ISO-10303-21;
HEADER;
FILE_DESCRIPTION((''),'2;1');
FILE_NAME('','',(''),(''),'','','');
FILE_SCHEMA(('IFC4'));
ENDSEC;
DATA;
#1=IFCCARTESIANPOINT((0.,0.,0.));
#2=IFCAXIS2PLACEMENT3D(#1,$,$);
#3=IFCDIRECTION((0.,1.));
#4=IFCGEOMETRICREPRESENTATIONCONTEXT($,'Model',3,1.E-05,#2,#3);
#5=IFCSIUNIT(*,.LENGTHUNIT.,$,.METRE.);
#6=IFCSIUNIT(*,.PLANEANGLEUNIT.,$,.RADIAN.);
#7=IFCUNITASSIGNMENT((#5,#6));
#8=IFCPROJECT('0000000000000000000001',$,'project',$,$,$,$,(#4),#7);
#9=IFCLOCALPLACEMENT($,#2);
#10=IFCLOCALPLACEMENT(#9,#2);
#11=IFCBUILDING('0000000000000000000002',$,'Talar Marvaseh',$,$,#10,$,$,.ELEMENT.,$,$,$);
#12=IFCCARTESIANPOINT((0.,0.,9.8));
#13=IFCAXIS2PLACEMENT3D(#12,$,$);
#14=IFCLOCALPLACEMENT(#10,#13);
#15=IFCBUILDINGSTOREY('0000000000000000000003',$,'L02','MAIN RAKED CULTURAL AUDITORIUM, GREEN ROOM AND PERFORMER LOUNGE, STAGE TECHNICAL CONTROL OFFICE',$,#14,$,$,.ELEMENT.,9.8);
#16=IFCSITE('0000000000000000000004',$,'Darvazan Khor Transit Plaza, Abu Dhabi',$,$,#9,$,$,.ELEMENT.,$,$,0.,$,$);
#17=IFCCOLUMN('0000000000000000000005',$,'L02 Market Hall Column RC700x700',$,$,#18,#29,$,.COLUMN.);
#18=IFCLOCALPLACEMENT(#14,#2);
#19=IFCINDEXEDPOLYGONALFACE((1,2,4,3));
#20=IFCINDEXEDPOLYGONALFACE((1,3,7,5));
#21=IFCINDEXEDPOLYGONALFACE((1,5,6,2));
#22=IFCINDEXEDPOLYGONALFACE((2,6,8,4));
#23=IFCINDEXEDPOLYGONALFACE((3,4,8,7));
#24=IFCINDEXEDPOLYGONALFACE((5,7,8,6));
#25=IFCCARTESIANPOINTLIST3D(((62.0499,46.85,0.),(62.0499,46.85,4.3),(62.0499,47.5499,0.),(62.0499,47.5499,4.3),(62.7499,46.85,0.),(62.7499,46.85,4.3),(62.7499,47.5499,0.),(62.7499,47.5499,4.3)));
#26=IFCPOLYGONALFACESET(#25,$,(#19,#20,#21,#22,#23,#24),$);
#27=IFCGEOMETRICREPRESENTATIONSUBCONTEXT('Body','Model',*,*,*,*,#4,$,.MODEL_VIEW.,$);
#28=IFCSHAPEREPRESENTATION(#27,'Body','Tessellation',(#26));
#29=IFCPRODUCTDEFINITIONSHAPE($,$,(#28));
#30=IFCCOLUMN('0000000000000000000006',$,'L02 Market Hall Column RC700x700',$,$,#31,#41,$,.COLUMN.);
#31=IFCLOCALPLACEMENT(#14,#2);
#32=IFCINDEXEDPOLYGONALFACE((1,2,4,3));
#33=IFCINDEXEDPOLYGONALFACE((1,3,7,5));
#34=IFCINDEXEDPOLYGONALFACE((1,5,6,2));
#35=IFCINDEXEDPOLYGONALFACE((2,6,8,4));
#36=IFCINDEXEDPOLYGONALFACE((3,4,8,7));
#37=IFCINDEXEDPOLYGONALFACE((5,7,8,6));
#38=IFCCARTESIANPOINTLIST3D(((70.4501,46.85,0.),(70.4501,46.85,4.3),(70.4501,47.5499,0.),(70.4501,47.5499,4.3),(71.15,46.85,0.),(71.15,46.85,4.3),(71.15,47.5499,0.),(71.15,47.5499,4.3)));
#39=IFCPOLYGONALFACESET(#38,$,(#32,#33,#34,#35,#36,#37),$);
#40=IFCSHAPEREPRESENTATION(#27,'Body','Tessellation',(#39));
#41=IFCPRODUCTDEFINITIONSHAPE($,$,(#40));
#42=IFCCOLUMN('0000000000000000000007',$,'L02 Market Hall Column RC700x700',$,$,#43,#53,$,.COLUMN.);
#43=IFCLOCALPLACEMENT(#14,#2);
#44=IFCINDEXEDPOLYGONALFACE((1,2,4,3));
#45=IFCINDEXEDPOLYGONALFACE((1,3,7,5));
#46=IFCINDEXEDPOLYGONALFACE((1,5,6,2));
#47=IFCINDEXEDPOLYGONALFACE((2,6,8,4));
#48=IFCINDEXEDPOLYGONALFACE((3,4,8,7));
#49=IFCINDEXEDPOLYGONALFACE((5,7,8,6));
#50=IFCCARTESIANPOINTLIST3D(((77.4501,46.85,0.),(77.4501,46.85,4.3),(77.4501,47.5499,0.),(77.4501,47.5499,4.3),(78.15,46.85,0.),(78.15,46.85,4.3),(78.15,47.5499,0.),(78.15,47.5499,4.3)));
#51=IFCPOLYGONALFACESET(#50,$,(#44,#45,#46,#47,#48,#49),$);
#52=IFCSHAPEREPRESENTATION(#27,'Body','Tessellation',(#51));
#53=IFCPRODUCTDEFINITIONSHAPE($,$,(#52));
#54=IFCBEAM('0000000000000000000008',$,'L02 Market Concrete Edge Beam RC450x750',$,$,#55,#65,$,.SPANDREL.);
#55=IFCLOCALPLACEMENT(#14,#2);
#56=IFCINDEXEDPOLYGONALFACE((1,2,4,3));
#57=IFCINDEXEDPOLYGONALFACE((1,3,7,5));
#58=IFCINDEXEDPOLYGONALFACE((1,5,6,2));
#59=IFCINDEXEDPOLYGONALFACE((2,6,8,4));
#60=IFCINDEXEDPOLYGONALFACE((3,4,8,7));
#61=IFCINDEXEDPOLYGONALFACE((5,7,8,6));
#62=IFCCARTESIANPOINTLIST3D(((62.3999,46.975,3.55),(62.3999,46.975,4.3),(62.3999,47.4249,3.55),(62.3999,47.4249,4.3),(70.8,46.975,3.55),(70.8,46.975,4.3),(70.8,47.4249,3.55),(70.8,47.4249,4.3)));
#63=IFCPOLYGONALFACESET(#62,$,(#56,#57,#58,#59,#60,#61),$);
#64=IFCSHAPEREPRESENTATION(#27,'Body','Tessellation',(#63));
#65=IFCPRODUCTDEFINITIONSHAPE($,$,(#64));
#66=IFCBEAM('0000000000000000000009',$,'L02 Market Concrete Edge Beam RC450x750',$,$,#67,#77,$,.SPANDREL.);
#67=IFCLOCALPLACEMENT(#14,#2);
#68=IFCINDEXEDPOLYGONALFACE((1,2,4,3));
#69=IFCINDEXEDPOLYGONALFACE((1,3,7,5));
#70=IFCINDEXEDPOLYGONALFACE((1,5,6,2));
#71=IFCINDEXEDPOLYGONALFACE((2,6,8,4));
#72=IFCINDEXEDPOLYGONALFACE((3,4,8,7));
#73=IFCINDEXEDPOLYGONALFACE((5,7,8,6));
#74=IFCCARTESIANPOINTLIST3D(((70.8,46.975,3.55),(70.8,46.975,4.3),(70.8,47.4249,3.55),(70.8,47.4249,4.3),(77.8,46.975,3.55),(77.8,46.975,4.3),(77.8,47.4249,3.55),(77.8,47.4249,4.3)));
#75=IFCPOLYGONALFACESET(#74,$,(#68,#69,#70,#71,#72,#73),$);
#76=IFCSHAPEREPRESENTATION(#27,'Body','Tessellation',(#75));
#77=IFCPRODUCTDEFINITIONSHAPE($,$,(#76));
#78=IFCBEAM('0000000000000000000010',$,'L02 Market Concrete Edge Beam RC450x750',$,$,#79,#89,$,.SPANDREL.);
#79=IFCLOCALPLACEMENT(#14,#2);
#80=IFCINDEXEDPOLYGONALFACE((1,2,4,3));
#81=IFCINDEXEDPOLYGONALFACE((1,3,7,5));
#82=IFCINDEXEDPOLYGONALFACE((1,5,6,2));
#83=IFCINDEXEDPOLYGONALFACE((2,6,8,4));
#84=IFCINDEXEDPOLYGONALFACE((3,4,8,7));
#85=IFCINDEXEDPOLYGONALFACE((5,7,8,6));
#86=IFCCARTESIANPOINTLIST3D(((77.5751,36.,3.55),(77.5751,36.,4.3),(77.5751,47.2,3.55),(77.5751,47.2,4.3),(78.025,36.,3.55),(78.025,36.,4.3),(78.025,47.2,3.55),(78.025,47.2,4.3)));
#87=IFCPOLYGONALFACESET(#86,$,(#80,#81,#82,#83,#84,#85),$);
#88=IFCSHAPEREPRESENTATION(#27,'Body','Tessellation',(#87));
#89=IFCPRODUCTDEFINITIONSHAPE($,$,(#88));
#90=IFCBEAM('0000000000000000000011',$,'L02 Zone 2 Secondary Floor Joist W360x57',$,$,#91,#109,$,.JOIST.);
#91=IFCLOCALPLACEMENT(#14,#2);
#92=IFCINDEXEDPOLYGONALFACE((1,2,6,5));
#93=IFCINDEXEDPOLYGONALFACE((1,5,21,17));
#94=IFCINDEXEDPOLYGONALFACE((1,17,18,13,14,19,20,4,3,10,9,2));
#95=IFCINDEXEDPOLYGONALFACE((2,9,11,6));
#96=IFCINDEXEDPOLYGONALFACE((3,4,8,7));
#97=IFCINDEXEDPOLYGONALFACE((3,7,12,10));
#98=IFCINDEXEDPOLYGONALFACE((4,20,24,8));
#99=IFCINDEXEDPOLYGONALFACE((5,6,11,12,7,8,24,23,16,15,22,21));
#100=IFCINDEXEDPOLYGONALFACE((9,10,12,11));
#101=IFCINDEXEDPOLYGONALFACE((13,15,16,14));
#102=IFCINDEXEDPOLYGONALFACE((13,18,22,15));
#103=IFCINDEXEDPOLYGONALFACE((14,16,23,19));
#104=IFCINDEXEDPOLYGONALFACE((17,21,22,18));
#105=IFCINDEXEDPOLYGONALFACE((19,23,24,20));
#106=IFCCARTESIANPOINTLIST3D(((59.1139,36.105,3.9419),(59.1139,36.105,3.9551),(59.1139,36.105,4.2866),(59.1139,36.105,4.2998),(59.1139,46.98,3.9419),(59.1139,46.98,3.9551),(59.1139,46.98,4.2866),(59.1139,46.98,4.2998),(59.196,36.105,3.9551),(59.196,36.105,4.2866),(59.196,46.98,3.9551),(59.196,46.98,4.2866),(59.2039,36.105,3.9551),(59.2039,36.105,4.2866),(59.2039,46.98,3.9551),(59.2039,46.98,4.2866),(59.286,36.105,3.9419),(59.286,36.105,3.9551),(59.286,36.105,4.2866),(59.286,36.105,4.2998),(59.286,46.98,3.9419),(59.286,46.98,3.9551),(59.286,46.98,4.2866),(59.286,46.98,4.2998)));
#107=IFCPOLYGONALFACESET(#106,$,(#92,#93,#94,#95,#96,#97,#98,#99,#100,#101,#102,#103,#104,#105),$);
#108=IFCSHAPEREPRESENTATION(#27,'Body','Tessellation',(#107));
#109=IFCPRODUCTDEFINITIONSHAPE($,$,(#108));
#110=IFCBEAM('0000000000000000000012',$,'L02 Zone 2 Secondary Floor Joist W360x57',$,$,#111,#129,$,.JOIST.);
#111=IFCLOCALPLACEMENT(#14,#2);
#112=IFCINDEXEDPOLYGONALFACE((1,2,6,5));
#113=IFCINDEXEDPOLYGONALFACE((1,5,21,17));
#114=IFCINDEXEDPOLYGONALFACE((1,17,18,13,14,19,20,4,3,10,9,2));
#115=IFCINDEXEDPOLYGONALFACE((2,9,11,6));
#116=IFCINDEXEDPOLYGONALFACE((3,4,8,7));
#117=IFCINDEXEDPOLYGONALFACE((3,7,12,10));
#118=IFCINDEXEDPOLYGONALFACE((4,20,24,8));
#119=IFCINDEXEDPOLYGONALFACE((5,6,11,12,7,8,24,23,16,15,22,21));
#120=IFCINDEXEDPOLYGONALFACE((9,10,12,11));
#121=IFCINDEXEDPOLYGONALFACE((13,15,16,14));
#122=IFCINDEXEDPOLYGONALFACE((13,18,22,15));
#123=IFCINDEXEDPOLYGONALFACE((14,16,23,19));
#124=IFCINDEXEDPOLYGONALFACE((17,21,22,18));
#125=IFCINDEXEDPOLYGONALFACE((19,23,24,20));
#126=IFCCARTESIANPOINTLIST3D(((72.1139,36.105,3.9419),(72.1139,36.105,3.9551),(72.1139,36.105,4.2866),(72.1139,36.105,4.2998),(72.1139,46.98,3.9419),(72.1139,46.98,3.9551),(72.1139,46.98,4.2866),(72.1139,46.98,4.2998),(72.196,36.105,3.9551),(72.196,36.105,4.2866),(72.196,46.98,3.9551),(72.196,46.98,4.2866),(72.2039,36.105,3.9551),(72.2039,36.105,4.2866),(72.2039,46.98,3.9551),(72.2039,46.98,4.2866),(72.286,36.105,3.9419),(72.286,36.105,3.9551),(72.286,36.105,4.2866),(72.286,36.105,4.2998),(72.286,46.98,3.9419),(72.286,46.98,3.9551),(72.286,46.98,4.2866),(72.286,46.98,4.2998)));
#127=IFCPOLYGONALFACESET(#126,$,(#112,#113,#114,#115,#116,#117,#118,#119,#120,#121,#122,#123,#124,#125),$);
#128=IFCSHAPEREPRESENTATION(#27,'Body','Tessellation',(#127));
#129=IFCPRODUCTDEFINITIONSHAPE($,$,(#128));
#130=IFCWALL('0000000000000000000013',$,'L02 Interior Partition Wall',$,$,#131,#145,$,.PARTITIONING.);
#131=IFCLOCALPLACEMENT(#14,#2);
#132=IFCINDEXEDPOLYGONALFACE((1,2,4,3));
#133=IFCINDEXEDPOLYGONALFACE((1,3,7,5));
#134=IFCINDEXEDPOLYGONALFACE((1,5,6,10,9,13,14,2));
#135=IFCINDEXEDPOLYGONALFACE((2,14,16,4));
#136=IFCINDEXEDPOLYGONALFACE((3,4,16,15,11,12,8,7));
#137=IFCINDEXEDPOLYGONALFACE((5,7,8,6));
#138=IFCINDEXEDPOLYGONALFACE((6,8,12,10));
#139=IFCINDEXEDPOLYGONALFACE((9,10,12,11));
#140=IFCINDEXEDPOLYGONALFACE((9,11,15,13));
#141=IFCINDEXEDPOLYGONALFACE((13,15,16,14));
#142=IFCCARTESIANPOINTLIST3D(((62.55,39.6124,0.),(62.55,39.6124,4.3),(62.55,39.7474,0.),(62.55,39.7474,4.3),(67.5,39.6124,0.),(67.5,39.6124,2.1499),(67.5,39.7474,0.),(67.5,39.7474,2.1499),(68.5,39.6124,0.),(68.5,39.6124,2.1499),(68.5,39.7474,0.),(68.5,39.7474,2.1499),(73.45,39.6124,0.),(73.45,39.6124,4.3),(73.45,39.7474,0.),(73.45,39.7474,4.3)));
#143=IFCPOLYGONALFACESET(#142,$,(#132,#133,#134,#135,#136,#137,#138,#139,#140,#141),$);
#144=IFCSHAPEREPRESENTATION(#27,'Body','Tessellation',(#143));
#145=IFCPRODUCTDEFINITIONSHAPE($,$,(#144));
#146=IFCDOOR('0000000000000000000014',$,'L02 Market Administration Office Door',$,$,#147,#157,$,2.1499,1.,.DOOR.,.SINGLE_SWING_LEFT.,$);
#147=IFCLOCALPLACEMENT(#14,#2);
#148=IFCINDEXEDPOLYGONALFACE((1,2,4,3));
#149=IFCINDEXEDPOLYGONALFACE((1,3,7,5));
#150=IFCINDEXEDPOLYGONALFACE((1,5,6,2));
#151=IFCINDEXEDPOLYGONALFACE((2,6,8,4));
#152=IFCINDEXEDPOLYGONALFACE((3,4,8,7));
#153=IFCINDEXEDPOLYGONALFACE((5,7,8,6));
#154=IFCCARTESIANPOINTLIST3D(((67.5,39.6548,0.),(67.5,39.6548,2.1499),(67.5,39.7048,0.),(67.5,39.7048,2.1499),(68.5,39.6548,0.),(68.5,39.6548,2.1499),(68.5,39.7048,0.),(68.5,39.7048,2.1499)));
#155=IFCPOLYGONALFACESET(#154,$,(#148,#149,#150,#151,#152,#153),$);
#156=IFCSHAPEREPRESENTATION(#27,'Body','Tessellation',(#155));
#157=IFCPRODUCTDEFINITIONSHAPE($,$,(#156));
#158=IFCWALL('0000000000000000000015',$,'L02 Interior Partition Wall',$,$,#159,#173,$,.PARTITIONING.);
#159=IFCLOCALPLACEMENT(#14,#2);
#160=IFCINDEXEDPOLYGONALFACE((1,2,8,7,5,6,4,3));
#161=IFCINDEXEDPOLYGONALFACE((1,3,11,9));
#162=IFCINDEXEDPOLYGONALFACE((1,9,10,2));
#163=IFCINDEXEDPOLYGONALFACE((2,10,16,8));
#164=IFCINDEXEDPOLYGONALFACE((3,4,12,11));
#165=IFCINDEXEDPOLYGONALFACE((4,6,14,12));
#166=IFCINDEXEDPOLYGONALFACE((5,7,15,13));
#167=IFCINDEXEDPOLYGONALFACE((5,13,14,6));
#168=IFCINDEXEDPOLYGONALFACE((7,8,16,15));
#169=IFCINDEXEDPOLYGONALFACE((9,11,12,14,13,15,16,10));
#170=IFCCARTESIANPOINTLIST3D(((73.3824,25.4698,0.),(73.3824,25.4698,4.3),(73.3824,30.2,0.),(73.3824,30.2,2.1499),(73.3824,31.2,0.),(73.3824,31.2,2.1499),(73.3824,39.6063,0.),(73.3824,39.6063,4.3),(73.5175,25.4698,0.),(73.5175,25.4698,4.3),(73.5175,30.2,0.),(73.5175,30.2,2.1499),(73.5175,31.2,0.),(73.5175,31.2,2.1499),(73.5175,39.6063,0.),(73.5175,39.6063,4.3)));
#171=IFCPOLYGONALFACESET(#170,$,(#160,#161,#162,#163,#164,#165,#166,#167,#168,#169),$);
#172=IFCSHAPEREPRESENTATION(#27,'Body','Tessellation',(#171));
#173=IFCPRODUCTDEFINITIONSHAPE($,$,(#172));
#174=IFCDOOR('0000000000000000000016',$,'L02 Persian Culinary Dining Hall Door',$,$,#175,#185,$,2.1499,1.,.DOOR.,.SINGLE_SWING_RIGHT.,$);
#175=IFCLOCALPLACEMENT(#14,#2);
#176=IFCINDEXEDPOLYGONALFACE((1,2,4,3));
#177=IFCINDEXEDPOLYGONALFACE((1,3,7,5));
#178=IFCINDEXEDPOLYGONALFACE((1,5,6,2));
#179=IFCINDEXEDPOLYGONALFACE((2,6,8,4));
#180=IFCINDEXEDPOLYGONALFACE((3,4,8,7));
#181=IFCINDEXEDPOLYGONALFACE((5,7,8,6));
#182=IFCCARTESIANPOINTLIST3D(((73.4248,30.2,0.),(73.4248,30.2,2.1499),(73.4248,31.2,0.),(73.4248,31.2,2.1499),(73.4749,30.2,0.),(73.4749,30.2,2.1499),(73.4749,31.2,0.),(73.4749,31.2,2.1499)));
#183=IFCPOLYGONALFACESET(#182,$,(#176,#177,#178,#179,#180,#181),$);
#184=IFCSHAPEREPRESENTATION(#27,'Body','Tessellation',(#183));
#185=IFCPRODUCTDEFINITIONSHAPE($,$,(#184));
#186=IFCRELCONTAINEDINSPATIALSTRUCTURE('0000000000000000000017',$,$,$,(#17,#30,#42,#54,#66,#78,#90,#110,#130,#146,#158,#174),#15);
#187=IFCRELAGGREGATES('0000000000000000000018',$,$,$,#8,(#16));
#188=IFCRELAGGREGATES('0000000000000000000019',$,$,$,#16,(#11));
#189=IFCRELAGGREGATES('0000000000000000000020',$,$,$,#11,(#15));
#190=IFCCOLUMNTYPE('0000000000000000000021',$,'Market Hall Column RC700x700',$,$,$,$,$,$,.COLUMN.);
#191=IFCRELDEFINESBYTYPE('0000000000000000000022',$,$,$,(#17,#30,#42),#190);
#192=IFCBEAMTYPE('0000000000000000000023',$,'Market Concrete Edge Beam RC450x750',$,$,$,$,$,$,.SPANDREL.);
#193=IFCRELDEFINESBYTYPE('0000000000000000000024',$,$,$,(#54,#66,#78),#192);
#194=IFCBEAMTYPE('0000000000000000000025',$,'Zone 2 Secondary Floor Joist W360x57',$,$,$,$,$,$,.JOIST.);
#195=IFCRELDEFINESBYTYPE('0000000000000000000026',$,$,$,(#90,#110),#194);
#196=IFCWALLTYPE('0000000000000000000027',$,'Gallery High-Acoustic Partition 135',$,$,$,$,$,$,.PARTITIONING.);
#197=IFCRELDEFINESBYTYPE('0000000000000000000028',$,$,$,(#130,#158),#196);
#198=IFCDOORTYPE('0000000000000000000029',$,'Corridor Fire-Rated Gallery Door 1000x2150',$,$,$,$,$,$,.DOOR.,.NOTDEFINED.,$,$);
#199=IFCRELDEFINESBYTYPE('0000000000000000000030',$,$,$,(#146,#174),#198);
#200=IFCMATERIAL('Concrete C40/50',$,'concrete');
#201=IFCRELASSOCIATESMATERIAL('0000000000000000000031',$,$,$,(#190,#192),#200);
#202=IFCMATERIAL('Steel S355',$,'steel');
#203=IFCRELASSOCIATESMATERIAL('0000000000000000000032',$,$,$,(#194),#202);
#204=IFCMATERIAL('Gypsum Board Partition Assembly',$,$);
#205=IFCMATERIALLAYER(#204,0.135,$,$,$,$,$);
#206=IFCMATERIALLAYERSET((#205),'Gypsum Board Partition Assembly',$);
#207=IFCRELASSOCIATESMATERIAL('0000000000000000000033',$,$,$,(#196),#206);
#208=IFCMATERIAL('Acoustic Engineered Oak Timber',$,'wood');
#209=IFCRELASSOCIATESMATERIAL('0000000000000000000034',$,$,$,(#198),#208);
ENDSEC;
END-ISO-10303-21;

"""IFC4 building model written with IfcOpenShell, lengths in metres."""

from ifc_helpers import new_model, si_unit, direction, frame, frame_2d, origin, origin_2d, place, context, subcontext, project, spatial, rectangle, i_section, extrude, source, transform, mapped, material, layer, layer_set, material_profile, profile_set, type_object, type_shapes, element, fill, save


model = new_model("IFC4")

# Units and contexts
model_context = context("Model", 3, precision=1e-05, world=origin(), true_north=direction((0.0, 1.0)))
body_context = subcontext(model_context, "Body", "Model", "MODEL_VIEW")
ifc_project = project(units=[si_unit("LENGTHUNIT", "METRE"), si_unit("PLANEANGLEUNIT", "RADIAN")], contexts=[model_context])

# Site, building, storey
site_placement = place(None, origin())
site = spatial("IfcSite", under=ifc_project, at=site_placement, Name="Darvazan Khor Transit Plaza, Abu Dhabi", CompositionType="ELEMENT", RefElevation=0.0)
building_placement = place(site_placement, origin())
building = spatial("IfcBuilding", under=site, at=building_placement, Name="Talar Marvaseh", CompositionType="ELEMENT")
storey_placement = place(building_placement, frame((0.0, 0.0, 9.8)))
storey = spatial("IfcBuildingStorey", under=building, at=storey_placement, Name="L02", Description="MAIN RAKED CULTURAL AUDITORIUM, GREEN ROOM AND PERFORMER LOUNGE, STAGE TECHNICAL CONTROL OFFICE", CompositionType="ELEMENT", Elevation=9.8)

# Columns
ifc_material_1 = material(Name="Concrete C40/50", Category="concrete")
ifc_material_profile_1 = material_profile(ifc_material_1, rectangle(XDim=0.7, YDim=0.7, at=origin_2d()), Name="RC700x700")
ifc_profile_set_1 = profile_set([ifc_material_profile_1], Name="Concrete C40/50")
column_type = type_object("IfcColumnType", Name="Market Hall Column RC700x700", PredefinedType="COLUMN", material=ifc_profile_set_1)
for number, where, z_axis, x_axis, name in (
    (1, (62.3999, 47.2, 0.0), (0.0, 0.0, 1.0), (1.0, 0.0, 0.0), "L02 Market Hall Column RC700x700"),
    (2, (70.8, 47.2, 0.0), (0.0, 0.0, 1.0), (1.0, 0.0, 0.0), "L02 Market Hall Column RC700x700"),
    (3, (77.8, 47.2, 0.0), (0.0, 0.0, 1.0), (1.0, 0.0, 0.0), "L02 Market Hall Column RC700x700"),
):
    element("IfcColumn", number, at=place(storey_placement, frame(where, z_axis=z_axis, x_axis=x_axis)), inside=storey, type_object=column_type, Name=name, PredefinedType="COLUMN", context=body_context, shape_type="SweptSolid", body=[
        extrude(rectangle(XDim=0.7, YDim=0.7, at=origin_2d()), origin(), (0.0, 0.0, 1.0), 4.3),
    ])

# Beams
ifc_material_profile_2 = material_profile(ifc_material_1, rectangle(XDim=0.45, YDim=0.75, at=origin_2d()), Name="RC450x750")
ifc_profile_set_2 = profile_set([ifc_material_profile_2], Name="Concrete C40/50")
beam_type_1 = type_object("IfcBeamType", Name="Market Concrete Edge Beam RC450x750", PredefinedType="SPANDREL", material=ifc_profile_set_2)
beam_1_placement = place(storey_placement, frame((62.3999, 47.2, 3.925), z_axis=(1.0, 0.0, 0.0), x_axis=(0.0, 1.0, 0.0)))
element("IfcBeam", 4, at=beam_1_placement, inside=storey, type_object=beam_type_1, Name="L02 Market Concrete Edge Beam RC450x750", PredefinedType="SPANDREL", context=body_context, shape_type="SweptSolid", body=[
    extrude(rectangle(XDim=0.45, YDim=0.75, at=origin_2d()), origin(), (0.0, 0.0, 1.0), 8.4001),
])
beam_2_placement = place(storey_placement, frame((70.8, 47.2, 3.925), z_axis=(1.0, 0.0, 0.0), x_axis=(0.0, 1.0, 0.0)))
element("IfcBeam", 5, at=beam_2_placement, inside=storey, type_object=beam_type_1, Name="L02 Market Concrete Edge Beam RC450x750", PredefinedType="SPANDREL", context=body_context, shape_type="SweptSolid", body=[
    extrude(rectangle(XDim=0.45, YDim=0.75, at=origin_2d()), origin(), (0.0, 0.0, 1.0), 7.0),
])
beam_3_placement = place(storey_placement, frame((77.8, 36.0, 3.925), z_axis=(0.0, 1.0, 0.0), x_axis=(-1.0, 0.0, 0.0)))
element("IfcBeam", 6, at=beam_3_placement, inside=storey, type_object=beam_type_1, Name="L02 Market Concrete Edge Beam RC450x750", PredefinedType="SPANDREL", context=body_context, shape_type="SweptSolid", body=[
    extrude(rectangle(XDim=0.45, YDim=0.75, at=origin_2d()), origin(), (0.0, 0.0, 1.0), 11.2),
])
ifc_material_2 = material(Name="Steel S355", Category="steel")
ifc_material_profile_3 = material_profile(ifc_material_2, i_section(OverallWidth=0.1721, OverallDepth=0.3579, WebThickness=0.0078, FlangeThickness=0.0132, at=origin_2d()), Name="W360x57")
ifc_profile_set_3 = profile_set([ifc_material_profile_3], Name="Steel S355")
beam_type_2 = type_object("IfcBeamType", Name="Zone 2 Secondary Floor Joist W360x57", PredefinedType="JOIST", material=ifc_profile_set_3)
for number, where, z_axis, x_axis, name in (
    (7, (59.2, 36.105, 4.1208), (0.0, 1.0, 0.0), (-1.0, 0.0, 0.0), "L02 Zone 2 Secondary Floor Joist W360x57"),
    (8, (72.2, 36.105, 4.1208), (0.0, 1.0, 0.0), (-1.0, 0.0, 0.0), "L02 Zone 2 Secondary Floor Joist W360x57"),
):
    element("IfcBeam", number, at=place(storey_placement, frame(where, z_axis=z_axis, x_axis=x_axis)), inside=storey, type_object=beam_type_2, Name=name, PredefinedType="JOIST", context=body_context, shape_type="SweptSolid", body=[
        extrude(i_section(OverallWidth=0.1721, OverallDepth=0.3579, WebThickness=0.0078, FlangeThickness=0.0132, at=origin_2d()), origin(), (0.0, 0.0, 1.0), 10.875),
    ])

# Walls, openings, doors
ifc_material_3 = material(Name="Gypsum Board Partition Assembly")
ifc_layer_1 = layer(ifc_material_3, 0.135)
ifc_layer_set_1 = layer_set([ifc_layer_1], Name="Gypsum Board Partition Assembly")
wall_type_1 = type_object("IfcWallType", Name="Gallery High-Acoustic Partition 135", PredefinedType="PARTITIONING", material=ifc_layer_set_1)
wall_1_placement = place(storey_placement, frame((62.55, 39.6799, 0.0), z_axis=(0.0, 0.0, 1.0), x_axis=(1.0, 0.0, 0.0)))
wall_1 = element("IfcWall", 9, at=wall_1_placement, inside=storey, type_object=wall_type_1, Name="L02 Interior Partition Wall", PredefinedType="PARTITIONING", context=body_context, shape_type="SweptSolid", body=[
    extrude(rectangle(XDim=10.8999, YDim=0.135, at=frame_2d((5.45, 0.0))), origin(), (0.0, 0.0, 1.0), 4.3),
])
opening_1_placement = place(wall_1_placement, frame((4.95, 0.0, 0.0)))
opening_1 = element("IfcOpeningElement", 10, at=opening_1_placement, cuts=wall_1, PredefinedType="OPENING", context=body_context, shape_type="SweptSolid", body=[
    extrude(rectangle(XDim=1.0, YDim=2.1499, at=frame_2d((0.5, 1.075))), frame((0.0, 0.0776, 0.0), z_axis=(0.0, -1.0, 0.0), x_axis=(1.0, 0.0, 0.0)), (0.0, 0.0, 1.0), 0.155),
])
ifc_material_4 = material(Name="Acoustic Engineered Oak Timber", Category="wood")
door_type_1 = type_object("IfcDoorType", Name="Corridor Fire-Rated Gallery Door 1000x2150", OperationType="NOTDEFINED", PredefinedType="DOOR", material=ifc_material_4)
shared_shape_1 = source(origin(), body_context, "Body", "SweptSolid", [
    extrude(rectangle(XDim=1.0, YDim=2.1499, at=frame_2d((0.5, 1.075))), frame((0.0, 0.0249, 0.0), z_axis=(0.0, -1.0, 0.0), x_axis=(1.0, 0.0, 0.0)), (0.0, 0.0, 1.0), 0.05),
])
type_shapes(door_type_1, [shared_shape_1])
door_1_placement = place(opening_1_placement, origin())
door_1 = element("IfcDoor", 11, at=door_1_placement, inside=storey, type_object=door_type_1, Name="L02 Market Administration Office Door", OperationType="SINGLE_SWING_LEFT", OverallHeight=2.1499, OverallWidth=1.0, PredefinedType="DOOR", context=body_context, shape_type="MappedRepresentation", body=[
    mapped(shared_shape_1, transform((0.0, 0.0, 0.0), x_axis=(1.0, 0.0, 0.0), y_axis=(0.0, 1.0, 0.0), z_axis=(0.0, 0.0, 1.0), scale=1.0)),
])
fill(opening_1, door_1)
wall_2_placement = place(storey_placement, frame((73.45, 39.6064, 0.0), z_axis=(0.0, 0.0, 1.0), x_axis=(0.0, -1.0, 0.0)))
wall_2 = element("IfcWall", 12, at=wall_2_placement, inside=storey, type_object=wall_type_1, Name="L02 Interior Partition Wall", PredefinedType="PARTITIONING", context=body_context, shape_type="SweptSolid", body=[
    extrude(rectangle(XDim=14.1365, YDim=0.135, at=frame_2d((7.0684, 0.0))), origin(), (0.0, 0.0, 1.0), 4.3),
])
opening_2_placement = place(wall_2_placement, frame((8.4065, 0.0, 0.0)))
opening_2 = element("IfcOpeningElement", 13, at=opening_2_placement, cuts=wall_2, PredefinedType="OPENING", context=body_context, shape_type="SweptSolid", body=[
    extrude(rectangle(XDim=1.0, YDim=2.1499, at=frame_2d((0.5, 1.075))), frame((0.0, 0.0776, 0.0), z_axis=(0.0, -1.0, 0.0), x_axis=(1.0, 0.0, 0.0)), (0.0, 0.0, 1.0), 0.155),
])
door_2_placement = place(opening_2_placement, origin())
door_2 = element("IfcDoor", 14, at=door_2_placement, inside=storey, type_object=door_type_1, Name="L02 Persian Culinary Dining Hall Door", OperationType="SINGLE_SWING_RIGHT", OverallHeight=2.1499, OverallWidth=1.0, PredefinedType="DOOR", context=body_context, shape_type="MappedRepresentation", body=[
    mapped(shared_shape_1, transform((0.0, 0.0, 0.0), x_axis=(1.0, 0.0, 0.0), y_axis=(0.0, 1.0, 0.0), z_axis=(0.0, 0.0, 1.0), scale=1.0)),
])
fill(opening_2, door_2)

save(model, "model.ifc")
